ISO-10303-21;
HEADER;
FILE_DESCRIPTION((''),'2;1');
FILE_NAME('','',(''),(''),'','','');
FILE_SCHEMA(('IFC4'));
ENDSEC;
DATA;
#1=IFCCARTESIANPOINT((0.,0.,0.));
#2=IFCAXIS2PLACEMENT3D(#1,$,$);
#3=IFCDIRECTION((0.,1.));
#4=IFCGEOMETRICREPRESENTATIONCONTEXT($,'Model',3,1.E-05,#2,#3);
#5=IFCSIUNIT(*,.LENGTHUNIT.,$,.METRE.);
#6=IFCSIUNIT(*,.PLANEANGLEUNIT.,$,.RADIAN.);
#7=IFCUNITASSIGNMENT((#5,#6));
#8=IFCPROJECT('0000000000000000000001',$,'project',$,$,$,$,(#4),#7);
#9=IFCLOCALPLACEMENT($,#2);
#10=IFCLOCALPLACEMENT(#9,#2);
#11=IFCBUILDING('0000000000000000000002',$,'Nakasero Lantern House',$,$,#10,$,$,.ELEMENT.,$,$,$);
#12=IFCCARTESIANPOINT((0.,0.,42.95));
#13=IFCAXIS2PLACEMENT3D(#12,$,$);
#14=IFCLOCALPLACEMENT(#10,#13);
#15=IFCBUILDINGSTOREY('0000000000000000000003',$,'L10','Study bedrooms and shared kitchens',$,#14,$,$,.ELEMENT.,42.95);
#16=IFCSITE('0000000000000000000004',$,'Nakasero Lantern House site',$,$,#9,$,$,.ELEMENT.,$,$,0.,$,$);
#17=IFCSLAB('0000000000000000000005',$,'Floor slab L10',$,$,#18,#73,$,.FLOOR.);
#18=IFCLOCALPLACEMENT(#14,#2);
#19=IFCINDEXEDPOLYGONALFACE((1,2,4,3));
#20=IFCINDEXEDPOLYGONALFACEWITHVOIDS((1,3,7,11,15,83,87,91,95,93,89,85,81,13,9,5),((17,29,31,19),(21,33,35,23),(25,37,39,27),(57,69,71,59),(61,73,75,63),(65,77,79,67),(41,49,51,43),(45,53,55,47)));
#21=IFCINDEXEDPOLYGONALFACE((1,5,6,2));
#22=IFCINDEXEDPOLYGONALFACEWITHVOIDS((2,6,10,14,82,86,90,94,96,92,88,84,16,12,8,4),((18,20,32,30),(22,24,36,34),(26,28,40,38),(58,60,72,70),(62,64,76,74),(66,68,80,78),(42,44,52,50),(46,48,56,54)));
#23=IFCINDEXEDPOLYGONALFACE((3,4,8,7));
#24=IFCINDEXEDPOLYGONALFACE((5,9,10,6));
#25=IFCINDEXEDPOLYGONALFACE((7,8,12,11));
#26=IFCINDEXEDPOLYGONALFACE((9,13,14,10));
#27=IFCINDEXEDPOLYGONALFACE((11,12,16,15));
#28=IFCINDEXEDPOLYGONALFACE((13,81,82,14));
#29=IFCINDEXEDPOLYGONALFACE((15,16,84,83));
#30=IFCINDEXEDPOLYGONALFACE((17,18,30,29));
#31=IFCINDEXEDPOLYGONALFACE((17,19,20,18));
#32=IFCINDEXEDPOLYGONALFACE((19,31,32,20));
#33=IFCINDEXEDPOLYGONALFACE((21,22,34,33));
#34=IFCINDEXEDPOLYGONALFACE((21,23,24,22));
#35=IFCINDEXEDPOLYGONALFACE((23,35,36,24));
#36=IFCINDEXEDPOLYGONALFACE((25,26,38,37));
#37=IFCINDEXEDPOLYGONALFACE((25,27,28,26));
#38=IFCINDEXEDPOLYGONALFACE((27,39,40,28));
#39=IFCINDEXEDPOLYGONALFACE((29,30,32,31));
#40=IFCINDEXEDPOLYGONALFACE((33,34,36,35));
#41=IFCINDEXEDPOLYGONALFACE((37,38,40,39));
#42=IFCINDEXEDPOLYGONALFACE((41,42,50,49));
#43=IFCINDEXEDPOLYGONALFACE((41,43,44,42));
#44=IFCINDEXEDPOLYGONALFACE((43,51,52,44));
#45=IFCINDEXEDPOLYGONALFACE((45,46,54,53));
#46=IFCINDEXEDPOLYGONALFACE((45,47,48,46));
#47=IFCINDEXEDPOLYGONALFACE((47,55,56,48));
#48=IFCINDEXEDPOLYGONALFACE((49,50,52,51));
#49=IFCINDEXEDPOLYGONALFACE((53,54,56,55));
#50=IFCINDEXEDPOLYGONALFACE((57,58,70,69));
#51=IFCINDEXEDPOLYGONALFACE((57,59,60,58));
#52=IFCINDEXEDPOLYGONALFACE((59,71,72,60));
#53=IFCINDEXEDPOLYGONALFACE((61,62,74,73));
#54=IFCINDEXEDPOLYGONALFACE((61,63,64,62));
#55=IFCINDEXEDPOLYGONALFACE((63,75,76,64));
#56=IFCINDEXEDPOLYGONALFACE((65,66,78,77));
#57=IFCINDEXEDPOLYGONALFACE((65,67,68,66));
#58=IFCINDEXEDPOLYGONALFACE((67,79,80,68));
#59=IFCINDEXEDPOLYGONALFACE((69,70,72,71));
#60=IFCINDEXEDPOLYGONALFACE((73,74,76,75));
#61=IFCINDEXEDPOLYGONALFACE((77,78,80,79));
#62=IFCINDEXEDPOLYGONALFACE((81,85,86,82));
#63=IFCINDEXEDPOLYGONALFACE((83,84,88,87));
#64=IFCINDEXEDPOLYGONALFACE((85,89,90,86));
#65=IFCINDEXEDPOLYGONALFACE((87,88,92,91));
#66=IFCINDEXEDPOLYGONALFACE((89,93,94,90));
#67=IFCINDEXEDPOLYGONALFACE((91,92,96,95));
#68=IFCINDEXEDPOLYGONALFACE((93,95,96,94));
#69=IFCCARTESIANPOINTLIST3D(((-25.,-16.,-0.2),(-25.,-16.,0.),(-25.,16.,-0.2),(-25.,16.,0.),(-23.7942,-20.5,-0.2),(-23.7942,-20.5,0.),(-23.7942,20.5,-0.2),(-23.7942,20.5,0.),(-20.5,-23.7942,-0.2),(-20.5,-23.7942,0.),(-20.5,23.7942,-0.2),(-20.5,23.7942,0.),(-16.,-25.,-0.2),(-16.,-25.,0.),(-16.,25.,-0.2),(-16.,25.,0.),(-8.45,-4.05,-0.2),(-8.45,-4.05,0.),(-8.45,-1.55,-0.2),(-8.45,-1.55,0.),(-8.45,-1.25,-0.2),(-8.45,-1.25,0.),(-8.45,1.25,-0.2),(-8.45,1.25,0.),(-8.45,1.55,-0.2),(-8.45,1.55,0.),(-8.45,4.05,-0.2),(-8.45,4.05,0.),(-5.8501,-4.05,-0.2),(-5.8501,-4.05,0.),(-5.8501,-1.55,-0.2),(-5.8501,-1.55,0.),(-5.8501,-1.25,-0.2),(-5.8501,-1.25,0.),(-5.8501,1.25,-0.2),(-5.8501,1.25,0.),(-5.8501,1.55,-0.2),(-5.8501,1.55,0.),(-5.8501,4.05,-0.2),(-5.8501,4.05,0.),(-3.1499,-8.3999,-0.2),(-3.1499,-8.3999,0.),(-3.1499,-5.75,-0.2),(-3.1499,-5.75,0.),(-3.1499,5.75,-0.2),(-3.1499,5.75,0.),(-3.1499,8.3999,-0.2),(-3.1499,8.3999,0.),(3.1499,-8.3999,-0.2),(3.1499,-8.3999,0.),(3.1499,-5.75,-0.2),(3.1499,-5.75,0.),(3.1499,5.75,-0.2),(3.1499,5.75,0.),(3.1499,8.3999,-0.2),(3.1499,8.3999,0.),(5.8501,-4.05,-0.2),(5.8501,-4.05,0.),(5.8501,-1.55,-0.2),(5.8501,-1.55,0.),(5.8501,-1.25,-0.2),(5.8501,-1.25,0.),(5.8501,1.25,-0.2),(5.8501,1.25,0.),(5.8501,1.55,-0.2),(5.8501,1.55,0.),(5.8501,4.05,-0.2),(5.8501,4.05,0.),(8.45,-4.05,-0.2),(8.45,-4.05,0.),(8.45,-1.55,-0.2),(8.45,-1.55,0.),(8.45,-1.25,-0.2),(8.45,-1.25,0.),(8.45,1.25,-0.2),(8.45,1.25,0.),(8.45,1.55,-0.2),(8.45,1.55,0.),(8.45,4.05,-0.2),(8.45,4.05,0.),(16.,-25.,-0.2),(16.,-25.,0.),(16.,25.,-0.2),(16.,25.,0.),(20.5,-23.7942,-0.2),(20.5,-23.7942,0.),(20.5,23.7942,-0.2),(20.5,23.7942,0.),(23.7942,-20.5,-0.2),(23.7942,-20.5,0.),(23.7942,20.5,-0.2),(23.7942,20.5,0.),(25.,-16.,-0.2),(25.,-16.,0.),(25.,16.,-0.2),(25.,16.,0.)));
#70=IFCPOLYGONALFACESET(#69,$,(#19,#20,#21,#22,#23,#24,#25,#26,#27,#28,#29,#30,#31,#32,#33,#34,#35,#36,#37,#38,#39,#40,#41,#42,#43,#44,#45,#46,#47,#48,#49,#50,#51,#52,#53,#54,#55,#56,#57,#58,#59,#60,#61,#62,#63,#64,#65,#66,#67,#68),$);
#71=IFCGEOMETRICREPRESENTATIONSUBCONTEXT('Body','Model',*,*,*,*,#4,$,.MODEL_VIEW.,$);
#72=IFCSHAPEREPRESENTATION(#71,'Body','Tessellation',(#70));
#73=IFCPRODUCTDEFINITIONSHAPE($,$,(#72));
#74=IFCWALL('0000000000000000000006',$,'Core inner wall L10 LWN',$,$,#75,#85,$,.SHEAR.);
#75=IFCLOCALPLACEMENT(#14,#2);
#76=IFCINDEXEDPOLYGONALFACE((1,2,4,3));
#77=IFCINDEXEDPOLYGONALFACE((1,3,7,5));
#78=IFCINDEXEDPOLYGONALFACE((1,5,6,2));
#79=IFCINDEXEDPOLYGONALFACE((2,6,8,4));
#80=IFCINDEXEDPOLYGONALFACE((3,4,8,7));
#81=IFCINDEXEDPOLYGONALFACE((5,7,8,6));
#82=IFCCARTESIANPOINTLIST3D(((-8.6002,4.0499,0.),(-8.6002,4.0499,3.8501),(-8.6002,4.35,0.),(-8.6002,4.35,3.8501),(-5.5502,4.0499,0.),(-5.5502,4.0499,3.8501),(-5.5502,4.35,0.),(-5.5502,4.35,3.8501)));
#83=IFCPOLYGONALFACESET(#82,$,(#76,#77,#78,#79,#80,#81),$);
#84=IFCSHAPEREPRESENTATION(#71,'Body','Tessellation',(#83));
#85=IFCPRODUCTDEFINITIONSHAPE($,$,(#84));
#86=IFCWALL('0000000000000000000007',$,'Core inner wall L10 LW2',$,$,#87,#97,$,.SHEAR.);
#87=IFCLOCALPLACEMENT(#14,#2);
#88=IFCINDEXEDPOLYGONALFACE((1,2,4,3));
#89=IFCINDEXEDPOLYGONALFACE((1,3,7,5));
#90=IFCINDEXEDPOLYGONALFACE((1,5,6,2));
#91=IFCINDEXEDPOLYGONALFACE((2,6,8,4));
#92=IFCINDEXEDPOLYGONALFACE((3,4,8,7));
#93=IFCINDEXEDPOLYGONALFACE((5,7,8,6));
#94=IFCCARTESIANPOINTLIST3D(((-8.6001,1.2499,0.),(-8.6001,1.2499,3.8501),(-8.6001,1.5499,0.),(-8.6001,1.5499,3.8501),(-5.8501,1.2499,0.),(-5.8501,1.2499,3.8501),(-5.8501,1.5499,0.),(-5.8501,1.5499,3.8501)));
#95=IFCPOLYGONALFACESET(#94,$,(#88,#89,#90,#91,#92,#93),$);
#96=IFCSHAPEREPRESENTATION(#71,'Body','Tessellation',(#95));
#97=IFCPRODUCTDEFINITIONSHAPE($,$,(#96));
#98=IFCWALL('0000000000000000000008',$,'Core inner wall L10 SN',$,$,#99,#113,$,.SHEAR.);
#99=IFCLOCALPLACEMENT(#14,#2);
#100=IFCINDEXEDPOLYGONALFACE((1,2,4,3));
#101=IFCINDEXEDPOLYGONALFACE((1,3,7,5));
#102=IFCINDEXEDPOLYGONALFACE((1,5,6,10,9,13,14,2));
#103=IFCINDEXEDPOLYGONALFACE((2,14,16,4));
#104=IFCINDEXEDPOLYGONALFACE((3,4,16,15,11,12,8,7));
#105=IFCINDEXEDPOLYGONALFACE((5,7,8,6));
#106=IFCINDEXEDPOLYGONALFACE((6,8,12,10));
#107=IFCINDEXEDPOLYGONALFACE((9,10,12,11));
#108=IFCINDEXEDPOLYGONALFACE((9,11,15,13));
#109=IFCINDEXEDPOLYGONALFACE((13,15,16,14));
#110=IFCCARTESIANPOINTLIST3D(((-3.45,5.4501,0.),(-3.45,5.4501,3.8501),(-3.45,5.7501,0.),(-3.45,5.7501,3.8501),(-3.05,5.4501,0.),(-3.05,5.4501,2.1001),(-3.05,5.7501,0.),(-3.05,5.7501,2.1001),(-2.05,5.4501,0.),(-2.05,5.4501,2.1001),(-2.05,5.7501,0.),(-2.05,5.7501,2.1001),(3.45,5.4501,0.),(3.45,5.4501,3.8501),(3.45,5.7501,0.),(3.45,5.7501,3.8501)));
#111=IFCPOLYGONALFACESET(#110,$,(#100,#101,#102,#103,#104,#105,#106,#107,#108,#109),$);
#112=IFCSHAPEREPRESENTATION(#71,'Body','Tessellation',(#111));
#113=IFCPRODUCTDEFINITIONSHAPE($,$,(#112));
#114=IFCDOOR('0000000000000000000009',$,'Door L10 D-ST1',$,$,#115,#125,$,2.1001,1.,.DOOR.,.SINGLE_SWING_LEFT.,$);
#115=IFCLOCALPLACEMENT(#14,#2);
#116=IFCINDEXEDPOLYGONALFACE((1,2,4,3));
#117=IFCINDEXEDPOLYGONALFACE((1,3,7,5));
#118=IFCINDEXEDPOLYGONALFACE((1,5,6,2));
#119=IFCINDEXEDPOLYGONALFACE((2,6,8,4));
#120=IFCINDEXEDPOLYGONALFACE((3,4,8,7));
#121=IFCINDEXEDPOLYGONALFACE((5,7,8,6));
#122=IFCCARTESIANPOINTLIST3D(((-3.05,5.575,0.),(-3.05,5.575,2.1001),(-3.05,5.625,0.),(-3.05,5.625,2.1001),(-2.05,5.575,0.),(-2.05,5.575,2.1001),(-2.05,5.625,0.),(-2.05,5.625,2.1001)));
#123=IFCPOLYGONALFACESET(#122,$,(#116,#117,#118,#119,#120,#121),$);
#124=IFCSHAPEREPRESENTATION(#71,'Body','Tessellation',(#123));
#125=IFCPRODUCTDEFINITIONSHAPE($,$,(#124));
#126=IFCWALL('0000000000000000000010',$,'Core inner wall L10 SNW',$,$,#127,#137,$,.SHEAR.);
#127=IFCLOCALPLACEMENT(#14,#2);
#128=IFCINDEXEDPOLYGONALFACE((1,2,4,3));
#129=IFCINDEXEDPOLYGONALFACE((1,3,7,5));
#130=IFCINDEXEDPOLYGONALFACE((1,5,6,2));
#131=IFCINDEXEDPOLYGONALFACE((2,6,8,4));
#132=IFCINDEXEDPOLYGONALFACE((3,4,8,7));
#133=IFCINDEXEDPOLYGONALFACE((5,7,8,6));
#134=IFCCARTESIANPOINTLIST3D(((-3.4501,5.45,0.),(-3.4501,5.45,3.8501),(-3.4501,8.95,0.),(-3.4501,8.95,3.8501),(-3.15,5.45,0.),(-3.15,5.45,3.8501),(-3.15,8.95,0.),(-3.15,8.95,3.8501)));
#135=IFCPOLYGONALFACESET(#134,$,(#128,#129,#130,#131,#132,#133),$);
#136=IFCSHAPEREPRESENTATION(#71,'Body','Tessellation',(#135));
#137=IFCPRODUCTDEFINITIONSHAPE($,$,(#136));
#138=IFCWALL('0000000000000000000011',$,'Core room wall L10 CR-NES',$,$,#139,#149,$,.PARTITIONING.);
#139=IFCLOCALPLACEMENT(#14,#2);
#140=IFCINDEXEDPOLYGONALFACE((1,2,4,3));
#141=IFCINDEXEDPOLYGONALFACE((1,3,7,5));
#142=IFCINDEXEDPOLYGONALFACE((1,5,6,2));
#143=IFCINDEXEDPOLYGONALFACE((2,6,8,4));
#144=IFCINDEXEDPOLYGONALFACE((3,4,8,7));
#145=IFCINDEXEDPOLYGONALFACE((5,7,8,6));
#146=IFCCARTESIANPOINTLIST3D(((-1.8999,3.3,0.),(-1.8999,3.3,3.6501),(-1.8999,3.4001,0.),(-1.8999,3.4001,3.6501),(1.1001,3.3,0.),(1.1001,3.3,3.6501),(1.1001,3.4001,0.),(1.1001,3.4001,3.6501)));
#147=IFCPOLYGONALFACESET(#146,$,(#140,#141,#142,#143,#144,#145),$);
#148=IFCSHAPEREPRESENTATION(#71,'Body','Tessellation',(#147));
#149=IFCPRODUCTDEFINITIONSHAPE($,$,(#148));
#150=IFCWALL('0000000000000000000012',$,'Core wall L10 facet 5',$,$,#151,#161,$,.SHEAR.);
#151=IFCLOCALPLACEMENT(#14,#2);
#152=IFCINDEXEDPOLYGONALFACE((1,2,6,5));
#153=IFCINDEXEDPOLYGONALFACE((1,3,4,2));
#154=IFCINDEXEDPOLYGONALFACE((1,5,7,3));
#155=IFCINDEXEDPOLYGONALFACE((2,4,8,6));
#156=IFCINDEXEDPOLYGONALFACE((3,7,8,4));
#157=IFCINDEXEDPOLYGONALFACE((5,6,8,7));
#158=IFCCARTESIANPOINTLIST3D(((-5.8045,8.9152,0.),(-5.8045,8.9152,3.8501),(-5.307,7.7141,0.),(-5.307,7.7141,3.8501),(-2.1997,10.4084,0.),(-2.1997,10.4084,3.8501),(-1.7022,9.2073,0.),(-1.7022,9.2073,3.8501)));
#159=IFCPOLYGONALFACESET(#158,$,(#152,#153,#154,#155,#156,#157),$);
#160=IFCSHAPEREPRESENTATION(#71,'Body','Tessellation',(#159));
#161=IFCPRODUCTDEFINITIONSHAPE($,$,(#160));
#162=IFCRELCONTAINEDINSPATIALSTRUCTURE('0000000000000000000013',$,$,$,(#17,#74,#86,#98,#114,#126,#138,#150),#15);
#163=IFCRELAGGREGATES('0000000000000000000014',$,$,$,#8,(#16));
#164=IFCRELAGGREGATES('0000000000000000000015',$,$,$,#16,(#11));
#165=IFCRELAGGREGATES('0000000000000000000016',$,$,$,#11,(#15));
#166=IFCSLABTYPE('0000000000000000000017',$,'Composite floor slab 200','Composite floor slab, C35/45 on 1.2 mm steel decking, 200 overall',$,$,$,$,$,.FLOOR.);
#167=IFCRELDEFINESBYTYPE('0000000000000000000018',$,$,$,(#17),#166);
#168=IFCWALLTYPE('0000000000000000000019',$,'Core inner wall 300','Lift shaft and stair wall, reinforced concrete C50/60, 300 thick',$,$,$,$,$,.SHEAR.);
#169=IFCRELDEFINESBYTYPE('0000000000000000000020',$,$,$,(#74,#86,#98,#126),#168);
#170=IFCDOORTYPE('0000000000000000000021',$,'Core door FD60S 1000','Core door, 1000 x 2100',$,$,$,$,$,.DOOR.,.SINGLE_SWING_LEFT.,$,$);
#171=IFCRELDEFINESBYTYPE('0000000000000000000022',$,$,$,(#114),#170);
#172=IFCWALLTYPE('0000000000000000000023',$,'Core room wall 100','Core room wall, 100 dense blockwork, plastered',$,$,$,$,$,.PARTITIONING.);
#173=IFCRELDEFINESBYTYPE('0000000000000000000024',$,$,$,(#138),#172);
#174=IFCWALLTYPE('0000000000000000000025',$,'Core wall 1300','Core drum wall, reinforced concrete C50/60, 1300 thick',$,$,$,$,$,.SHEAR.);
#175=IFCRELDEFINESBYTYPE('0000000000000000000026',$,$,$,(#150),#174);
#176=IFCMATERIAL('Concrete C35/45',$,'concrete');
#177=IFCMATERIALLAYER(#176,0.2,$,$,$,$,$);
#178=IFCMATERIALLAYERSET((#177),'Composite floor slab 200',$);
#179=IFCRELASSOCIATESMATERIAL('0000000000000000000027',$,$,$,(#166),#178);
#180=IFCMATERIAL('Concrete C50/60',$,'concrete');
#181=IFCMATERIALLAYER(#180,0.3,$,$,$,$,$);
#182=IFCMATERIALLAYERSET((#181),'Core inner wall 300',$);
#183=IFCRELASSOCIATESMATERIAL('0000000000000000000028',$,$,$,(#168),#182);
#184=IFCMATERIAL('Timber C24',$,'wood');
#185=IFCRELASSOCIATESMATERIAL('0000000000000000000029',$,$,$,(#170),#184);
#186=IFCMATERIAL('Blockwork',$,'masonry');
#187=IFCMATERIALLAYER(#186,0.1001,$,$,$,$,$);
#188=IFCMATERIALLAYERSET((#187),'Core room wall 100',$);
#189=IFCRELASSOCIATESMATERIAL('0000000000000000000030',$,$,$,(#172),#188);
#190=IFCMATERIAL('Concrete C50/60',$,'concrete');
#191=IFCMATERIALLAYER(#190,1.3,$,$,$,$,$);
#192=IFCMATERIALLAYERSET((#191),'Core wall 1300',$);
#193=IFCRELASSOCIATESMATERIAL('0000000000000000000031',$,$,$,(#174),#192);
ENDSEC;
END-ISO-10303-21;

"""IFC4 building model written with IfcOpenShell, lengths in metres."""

from ifc_helpers import new_model, si_unit, direction, frame, frame_2d, origin, place, context, subcontext, project, spatial, polyline, rectangle, outline, extrude, material, layer, layer_set, type_object, element, fill, save


model = new_model("IFC4")

# Units and contexts
model_context = context("Model", 3, precision=1e-05, world=origin(), true_north=direction((0.0, 1.0)))
body_context = subcontext(model_context, "Body", "Model", "MODEL_VIEW")
ifc_project = project(units=[si_unit("LENGTHUNIT", "METRE"), si_unit("PLANEANGLEUNIT", "RADIAN")], contexts=[model_context])

# Site, building, storey
site_placement = place(None, origin())
site = spatial("IfcSite", under=ifc_project, at=site_placement, Name="Nakasero Lantern House site", CompositionType="ELEMENT", RefElevation=0.0)
building_placement = place(site_placement, origin())
building = spatial("IfcBuilding", under=site, at=building_placement, Name="Nakasero Lantern House", CompositionType="ELEMENT")
storey_placement = place(building_placement, frame((0.0, 0.0, 42.95)))
storey = spatial("IfcBuildingStorey", under=building, at=storey_placement, Name="L10", Description="Study bedrooms and shared kitchens", CompositionType="ELEMENT", Elevation=42.95)

# Slab
ifc_material_1 = material(Name="Concrete C35/45", Category="concrete")
ifc_layer_1 = layer(ifc_material_1, 0.2)
ifc_layer_set_1 = layer_set([ifc_layer_1], Name="Composite floor slab 200")
slab_type_1 = type_object("IfcSlabType", Name="Composite floor slab 200", Description="Composite floor slab, C35/45 on 1.2 mm steel decking, 200 overall", PredefinedType="FLOOR", material=ifc_layer_set_1)
slab_1_placement = place(storey_placement, frame((0.0, 0.0, -0.2)))
element("IfcSlab", 1, at=slab_1_placement, inside=storey, type_object=slab_type_1, Name="Floor slab L10", PredefinedType="FLOOR", context=body_context, shape_type="SweptSolid", body=[
    extrude(outline(polyline([(25.0, 16.0), (23.7942, 20.5), (20.5, 23.7942), (16.0, 25.0), (-16.0, 25.0), (-20.5, 23.7942), (-23.7942, 20.5), (-25.0, 16.0), (-25.0, -16.0), (-23.7942, -20.5), (-20.5, -23.7942), (-16.0, -25.0), (16.0, -25.0), (20.5, -23.7942), (23.7942, -20.5), (25.0, -16.0), (25.0, 16.0)]), holes=[polyline([(-8.45, -4.05), (-5.8501, -4.05), (-5.8501, -1.55), (-8.45, -1.55), (-8.45, -4.05)]), polyline([(-8.45, -1.25), (-5.8501, -1.25), (-5.8501, 1.25), (-8.45, 1.25), (-8.45, -1.25)]), polyline([(-8.45, 1.55), (-5.8501, 1.55), (-5.8501, 4.05), (-8.45, 4.05), (-8.45, 1.55)]), polyline([(5.8501, -4.05), (8.45, -4.05), (8.45, -1.55), (5.8501, -1.55), (5.8501, -4.05)]), polyline([(5.8501, -1.25), (8.45, -1.25), (8.45, 1.25), (5.8501, 1.25), (5.8501, -1.25)]), polyline([(5.8501, 1.55), (8.45, 1.55), (8.45, 4.05), (5.8501, 4.05), (5.8501, 1.55)]), polyline([(-3.1499, 5.75), (3.1499, 5.75), (3.1499, 8.3999), (-3.1499, 8.3999), (-3.1499, 5.75)]), polyline([(-3.1499, -8.3999), (3.1499, -8.3999), (3.1499, -5.75), (-3.1499, -5.75), (-3.1499, -8.3999)])]), origin(), (0.0, 0.0, 1.0), 0.2),
])

# Walls
ifc_material_2 = material(Name="Concrete C50/60", Category="concrete")
ifc_layer_2 = layer(ifc_material_2, 0.3)
ifc_layer_set_2 = layer_set([ifc_layer_2], Name="Core inner wall 300")
wall_type_1 = type_object("IfcWallType", Name="Core inner wall 300", Description="Lift shaft and stair wall, reinforced concrete C50/60, 300 thick", PredefinedType="SHEAR", material=ifc_layer_set_2)
wall_1_placement = place(storey_placement, frame((-8.6001, 4.2, 0.0), z_axis=(0.0, 0.0, 1.0), x_axis=(1.0, 0.0, 0.0)))
element("IfcWall", 2, at=wall_1_placement, inside=storey, type_object=wall_type_1, Name="Core inner wall L10 LWN", PredefinedType="SHEAR", context=body_context, shape_type="SweptSolid", body=[
    extrude(rectangle(XDim=3.05, YDim=0.3, at=frame_2d((1.5249, 0.0))), origin(), (0.0, 0.0, 1.0), 3.8501),
])
wall_2_placement = place(storey_placement, frame((-8.6001, 1.3999, 0.0), z_axis=(0.0, 0.0, 1.0), x_axis=(1.0, 0.0, 0.0)))
element("IfcWall", 3, at=wall_2_placement, inside=storey, type_object=wall_type_1, Name="Core inner wall L10 LW2", PredefinedType="SHEAR", context=body_context, shape_type="SweptSolid", body=[
    extrude(rectangle(XDim=2.75, YDim=0.3, at=frame_2d((1.375, 0.0))), origin(), (0.0, 0.0, 1.0), 3.8501),
])

# Wall, opening, door
wall_3_placement = place(storey_placement, frame((-3.45, 5.6001, 0.0), z_axis=(0.0, 0.0, 1.0), x_axis=(1.0, 0.0, 0.0)))
wall_3 = element("IfcWall", 4, at=wall_3_placement, inside=storey, type_object=wall_type_1, Name="Core inner wall L10 SN", PredefinedType="SHEAR", context=body_context, shape_type="SweptSolid", body=[
    extrude(rectangle(XDim=6.8999, YDim=0.3, at=frame_2d((3.45, 0.0))), origin(), (0.0, 0.0, 1.0), 3.8501),
])
opening_1_placement = place(wall_3_placement, frame((0.3999, 0.0, 0.0)))
opening_1 = element("IfcOpeningElement", 5, at=opening_1_placement, cuts=wall_3, PredefinedType="OPENING", context=body_context, shape_type="SweptSolid", body=[
    extrude(rectangle(XDim=1.0, YDim=2.1001, at=frame_2d((0.5, 1.05))), frame((0.0, 0.1699, 0.0), z_axis=(0.0, -1.0, 0.0), x_axis=(1.0, 0.0, 0.0)), (0.0, 0.0, 1.0), 0.3401),
])
ifc_material_3 = material(Name="Timber C24", Category="wood")
door_type = type_object("IfcDoorType", Name="Core door FD60S 1000", Description="Core door, 1000 x 2100", OperationType="SINGLE_SWING_LEFT", PredefinedType="DOOR", material=ifc_material_3)
door_1_placement = place(opening_1_placement, origin())
door_1 = element("IfcDoor", 6, at=door_1_placement, inside=storey, type_object=door_type, Name="Door L10 D-ST1", OperationType="SINGLE_SWING_LEFT", OverallHeight=2.1001, OverallWidth=1.0, PredefinedType="DOOR", context=body_context, shape_type="SweptSolid", body=[
    extrude(rectangle(XDim=1.0, YDim=2.1001, at=frame_2d((0.5, 1.05))), frame((0.0, 0.0249, 0.0), z_axis=(0.0, -1.0, 0.0), x_axis=(1.0, 0.0, 0.0)), (0.0, 0.0, 1.0), 0.05),
])
fill(opening_1, door_1)

# Walls
wall_4_placement = place(storey_placement, frame((-3.3, 5.45, 0.0), z_axis=(0.0, 0.0, 1.0), x_axis=(0.0, 1.0, 0.0)))
element("IfcWall", 7, at=wall_4_placement, inside=storey, type_object=wall_type_1, Name="Core inner wall L10 SNW", PredefinedType="SHEAR", context=body_context, shape_type="SweptSolid", body=[
    extrude(rectangle(XDim=3.5, YDim=0.3, at=frame_2d((1.75, 0.0))), origin(), (0.0, 0.0, 1.0), 3.8501),
])
ifc_material_4 = material(Name="Blockwork", Category="masonry")
ifc_layer_3 = layer(ifc_material_4, 0.1001)
ifc_layer_set_3 = layer_set([ifc_layer_3], Name="Core room wall 100")
wall_type_2 = type_object("IfcWallType", Name="Core room wall 100", Description="Core room wall, 100 dense blockwork, plastered", PredefinedType="PARTITIONING", material=ifc_layer_set_3)
wall_5_placement = place(storey_placement, frame((-1.8999, 3.3501, 0.0), z_axis=(0.0, 0.0, 1.0), x_axis=(1.0, 0.0, 0.0)))
element("IfcWall", 8, at=wall_5_placement, inside=storey, type_object=wall_type_2, Name="Core room wall L10 CR-NES", PredefinedType="PARTITIONING", context=body_context, shape_type="SweptSolid", body=[
    extrude(rectangle(XDim=3.0, YDim=0.1001, at=frame_2d((1.5, 0.0))), origin(), (0.0, 0.0, 1.0), 3.6501),
])
ifc_material_5 = material(Name="Concrete C50/60", Category="concrete")
ifc_layer_4 = layer(ifc_material_5, 1.3)
ifc_layer_set_4 = layer_set([ifc_layer_4], Name="Core wall 1300")
wall_type_3 = type_object("IfcWallType", Name="Core wall 1300", Description="Core drum wall, reinforced concrete C50/60, 1300 thick", PredefinedType="SHEAR", material=ifc_layer_set_4)
wall_6_placement = place(storey_placement, frame((-1.9509, 9.8079, 0.0), z_axis=(0.0, 0.0, 1.0), x_axis=(-0.923877, -0.382691, 0.0)))
element("IfcWall", 9, at=wall_6_placement, inside=storey, type_object=wall_type_3, Name="Core wall L10 facet 5", PredefinedType="SHEAR", context=body_context, shape_type="SweptSolid", body=[
    extrude(rectangle(XDim=3.9019, YDim=1.3, at=frame_2d((1.9509, 0.0))), origin(), (0.0, 0.0, 1.0), 3.8501),
])

save(model, "model.ifc")
